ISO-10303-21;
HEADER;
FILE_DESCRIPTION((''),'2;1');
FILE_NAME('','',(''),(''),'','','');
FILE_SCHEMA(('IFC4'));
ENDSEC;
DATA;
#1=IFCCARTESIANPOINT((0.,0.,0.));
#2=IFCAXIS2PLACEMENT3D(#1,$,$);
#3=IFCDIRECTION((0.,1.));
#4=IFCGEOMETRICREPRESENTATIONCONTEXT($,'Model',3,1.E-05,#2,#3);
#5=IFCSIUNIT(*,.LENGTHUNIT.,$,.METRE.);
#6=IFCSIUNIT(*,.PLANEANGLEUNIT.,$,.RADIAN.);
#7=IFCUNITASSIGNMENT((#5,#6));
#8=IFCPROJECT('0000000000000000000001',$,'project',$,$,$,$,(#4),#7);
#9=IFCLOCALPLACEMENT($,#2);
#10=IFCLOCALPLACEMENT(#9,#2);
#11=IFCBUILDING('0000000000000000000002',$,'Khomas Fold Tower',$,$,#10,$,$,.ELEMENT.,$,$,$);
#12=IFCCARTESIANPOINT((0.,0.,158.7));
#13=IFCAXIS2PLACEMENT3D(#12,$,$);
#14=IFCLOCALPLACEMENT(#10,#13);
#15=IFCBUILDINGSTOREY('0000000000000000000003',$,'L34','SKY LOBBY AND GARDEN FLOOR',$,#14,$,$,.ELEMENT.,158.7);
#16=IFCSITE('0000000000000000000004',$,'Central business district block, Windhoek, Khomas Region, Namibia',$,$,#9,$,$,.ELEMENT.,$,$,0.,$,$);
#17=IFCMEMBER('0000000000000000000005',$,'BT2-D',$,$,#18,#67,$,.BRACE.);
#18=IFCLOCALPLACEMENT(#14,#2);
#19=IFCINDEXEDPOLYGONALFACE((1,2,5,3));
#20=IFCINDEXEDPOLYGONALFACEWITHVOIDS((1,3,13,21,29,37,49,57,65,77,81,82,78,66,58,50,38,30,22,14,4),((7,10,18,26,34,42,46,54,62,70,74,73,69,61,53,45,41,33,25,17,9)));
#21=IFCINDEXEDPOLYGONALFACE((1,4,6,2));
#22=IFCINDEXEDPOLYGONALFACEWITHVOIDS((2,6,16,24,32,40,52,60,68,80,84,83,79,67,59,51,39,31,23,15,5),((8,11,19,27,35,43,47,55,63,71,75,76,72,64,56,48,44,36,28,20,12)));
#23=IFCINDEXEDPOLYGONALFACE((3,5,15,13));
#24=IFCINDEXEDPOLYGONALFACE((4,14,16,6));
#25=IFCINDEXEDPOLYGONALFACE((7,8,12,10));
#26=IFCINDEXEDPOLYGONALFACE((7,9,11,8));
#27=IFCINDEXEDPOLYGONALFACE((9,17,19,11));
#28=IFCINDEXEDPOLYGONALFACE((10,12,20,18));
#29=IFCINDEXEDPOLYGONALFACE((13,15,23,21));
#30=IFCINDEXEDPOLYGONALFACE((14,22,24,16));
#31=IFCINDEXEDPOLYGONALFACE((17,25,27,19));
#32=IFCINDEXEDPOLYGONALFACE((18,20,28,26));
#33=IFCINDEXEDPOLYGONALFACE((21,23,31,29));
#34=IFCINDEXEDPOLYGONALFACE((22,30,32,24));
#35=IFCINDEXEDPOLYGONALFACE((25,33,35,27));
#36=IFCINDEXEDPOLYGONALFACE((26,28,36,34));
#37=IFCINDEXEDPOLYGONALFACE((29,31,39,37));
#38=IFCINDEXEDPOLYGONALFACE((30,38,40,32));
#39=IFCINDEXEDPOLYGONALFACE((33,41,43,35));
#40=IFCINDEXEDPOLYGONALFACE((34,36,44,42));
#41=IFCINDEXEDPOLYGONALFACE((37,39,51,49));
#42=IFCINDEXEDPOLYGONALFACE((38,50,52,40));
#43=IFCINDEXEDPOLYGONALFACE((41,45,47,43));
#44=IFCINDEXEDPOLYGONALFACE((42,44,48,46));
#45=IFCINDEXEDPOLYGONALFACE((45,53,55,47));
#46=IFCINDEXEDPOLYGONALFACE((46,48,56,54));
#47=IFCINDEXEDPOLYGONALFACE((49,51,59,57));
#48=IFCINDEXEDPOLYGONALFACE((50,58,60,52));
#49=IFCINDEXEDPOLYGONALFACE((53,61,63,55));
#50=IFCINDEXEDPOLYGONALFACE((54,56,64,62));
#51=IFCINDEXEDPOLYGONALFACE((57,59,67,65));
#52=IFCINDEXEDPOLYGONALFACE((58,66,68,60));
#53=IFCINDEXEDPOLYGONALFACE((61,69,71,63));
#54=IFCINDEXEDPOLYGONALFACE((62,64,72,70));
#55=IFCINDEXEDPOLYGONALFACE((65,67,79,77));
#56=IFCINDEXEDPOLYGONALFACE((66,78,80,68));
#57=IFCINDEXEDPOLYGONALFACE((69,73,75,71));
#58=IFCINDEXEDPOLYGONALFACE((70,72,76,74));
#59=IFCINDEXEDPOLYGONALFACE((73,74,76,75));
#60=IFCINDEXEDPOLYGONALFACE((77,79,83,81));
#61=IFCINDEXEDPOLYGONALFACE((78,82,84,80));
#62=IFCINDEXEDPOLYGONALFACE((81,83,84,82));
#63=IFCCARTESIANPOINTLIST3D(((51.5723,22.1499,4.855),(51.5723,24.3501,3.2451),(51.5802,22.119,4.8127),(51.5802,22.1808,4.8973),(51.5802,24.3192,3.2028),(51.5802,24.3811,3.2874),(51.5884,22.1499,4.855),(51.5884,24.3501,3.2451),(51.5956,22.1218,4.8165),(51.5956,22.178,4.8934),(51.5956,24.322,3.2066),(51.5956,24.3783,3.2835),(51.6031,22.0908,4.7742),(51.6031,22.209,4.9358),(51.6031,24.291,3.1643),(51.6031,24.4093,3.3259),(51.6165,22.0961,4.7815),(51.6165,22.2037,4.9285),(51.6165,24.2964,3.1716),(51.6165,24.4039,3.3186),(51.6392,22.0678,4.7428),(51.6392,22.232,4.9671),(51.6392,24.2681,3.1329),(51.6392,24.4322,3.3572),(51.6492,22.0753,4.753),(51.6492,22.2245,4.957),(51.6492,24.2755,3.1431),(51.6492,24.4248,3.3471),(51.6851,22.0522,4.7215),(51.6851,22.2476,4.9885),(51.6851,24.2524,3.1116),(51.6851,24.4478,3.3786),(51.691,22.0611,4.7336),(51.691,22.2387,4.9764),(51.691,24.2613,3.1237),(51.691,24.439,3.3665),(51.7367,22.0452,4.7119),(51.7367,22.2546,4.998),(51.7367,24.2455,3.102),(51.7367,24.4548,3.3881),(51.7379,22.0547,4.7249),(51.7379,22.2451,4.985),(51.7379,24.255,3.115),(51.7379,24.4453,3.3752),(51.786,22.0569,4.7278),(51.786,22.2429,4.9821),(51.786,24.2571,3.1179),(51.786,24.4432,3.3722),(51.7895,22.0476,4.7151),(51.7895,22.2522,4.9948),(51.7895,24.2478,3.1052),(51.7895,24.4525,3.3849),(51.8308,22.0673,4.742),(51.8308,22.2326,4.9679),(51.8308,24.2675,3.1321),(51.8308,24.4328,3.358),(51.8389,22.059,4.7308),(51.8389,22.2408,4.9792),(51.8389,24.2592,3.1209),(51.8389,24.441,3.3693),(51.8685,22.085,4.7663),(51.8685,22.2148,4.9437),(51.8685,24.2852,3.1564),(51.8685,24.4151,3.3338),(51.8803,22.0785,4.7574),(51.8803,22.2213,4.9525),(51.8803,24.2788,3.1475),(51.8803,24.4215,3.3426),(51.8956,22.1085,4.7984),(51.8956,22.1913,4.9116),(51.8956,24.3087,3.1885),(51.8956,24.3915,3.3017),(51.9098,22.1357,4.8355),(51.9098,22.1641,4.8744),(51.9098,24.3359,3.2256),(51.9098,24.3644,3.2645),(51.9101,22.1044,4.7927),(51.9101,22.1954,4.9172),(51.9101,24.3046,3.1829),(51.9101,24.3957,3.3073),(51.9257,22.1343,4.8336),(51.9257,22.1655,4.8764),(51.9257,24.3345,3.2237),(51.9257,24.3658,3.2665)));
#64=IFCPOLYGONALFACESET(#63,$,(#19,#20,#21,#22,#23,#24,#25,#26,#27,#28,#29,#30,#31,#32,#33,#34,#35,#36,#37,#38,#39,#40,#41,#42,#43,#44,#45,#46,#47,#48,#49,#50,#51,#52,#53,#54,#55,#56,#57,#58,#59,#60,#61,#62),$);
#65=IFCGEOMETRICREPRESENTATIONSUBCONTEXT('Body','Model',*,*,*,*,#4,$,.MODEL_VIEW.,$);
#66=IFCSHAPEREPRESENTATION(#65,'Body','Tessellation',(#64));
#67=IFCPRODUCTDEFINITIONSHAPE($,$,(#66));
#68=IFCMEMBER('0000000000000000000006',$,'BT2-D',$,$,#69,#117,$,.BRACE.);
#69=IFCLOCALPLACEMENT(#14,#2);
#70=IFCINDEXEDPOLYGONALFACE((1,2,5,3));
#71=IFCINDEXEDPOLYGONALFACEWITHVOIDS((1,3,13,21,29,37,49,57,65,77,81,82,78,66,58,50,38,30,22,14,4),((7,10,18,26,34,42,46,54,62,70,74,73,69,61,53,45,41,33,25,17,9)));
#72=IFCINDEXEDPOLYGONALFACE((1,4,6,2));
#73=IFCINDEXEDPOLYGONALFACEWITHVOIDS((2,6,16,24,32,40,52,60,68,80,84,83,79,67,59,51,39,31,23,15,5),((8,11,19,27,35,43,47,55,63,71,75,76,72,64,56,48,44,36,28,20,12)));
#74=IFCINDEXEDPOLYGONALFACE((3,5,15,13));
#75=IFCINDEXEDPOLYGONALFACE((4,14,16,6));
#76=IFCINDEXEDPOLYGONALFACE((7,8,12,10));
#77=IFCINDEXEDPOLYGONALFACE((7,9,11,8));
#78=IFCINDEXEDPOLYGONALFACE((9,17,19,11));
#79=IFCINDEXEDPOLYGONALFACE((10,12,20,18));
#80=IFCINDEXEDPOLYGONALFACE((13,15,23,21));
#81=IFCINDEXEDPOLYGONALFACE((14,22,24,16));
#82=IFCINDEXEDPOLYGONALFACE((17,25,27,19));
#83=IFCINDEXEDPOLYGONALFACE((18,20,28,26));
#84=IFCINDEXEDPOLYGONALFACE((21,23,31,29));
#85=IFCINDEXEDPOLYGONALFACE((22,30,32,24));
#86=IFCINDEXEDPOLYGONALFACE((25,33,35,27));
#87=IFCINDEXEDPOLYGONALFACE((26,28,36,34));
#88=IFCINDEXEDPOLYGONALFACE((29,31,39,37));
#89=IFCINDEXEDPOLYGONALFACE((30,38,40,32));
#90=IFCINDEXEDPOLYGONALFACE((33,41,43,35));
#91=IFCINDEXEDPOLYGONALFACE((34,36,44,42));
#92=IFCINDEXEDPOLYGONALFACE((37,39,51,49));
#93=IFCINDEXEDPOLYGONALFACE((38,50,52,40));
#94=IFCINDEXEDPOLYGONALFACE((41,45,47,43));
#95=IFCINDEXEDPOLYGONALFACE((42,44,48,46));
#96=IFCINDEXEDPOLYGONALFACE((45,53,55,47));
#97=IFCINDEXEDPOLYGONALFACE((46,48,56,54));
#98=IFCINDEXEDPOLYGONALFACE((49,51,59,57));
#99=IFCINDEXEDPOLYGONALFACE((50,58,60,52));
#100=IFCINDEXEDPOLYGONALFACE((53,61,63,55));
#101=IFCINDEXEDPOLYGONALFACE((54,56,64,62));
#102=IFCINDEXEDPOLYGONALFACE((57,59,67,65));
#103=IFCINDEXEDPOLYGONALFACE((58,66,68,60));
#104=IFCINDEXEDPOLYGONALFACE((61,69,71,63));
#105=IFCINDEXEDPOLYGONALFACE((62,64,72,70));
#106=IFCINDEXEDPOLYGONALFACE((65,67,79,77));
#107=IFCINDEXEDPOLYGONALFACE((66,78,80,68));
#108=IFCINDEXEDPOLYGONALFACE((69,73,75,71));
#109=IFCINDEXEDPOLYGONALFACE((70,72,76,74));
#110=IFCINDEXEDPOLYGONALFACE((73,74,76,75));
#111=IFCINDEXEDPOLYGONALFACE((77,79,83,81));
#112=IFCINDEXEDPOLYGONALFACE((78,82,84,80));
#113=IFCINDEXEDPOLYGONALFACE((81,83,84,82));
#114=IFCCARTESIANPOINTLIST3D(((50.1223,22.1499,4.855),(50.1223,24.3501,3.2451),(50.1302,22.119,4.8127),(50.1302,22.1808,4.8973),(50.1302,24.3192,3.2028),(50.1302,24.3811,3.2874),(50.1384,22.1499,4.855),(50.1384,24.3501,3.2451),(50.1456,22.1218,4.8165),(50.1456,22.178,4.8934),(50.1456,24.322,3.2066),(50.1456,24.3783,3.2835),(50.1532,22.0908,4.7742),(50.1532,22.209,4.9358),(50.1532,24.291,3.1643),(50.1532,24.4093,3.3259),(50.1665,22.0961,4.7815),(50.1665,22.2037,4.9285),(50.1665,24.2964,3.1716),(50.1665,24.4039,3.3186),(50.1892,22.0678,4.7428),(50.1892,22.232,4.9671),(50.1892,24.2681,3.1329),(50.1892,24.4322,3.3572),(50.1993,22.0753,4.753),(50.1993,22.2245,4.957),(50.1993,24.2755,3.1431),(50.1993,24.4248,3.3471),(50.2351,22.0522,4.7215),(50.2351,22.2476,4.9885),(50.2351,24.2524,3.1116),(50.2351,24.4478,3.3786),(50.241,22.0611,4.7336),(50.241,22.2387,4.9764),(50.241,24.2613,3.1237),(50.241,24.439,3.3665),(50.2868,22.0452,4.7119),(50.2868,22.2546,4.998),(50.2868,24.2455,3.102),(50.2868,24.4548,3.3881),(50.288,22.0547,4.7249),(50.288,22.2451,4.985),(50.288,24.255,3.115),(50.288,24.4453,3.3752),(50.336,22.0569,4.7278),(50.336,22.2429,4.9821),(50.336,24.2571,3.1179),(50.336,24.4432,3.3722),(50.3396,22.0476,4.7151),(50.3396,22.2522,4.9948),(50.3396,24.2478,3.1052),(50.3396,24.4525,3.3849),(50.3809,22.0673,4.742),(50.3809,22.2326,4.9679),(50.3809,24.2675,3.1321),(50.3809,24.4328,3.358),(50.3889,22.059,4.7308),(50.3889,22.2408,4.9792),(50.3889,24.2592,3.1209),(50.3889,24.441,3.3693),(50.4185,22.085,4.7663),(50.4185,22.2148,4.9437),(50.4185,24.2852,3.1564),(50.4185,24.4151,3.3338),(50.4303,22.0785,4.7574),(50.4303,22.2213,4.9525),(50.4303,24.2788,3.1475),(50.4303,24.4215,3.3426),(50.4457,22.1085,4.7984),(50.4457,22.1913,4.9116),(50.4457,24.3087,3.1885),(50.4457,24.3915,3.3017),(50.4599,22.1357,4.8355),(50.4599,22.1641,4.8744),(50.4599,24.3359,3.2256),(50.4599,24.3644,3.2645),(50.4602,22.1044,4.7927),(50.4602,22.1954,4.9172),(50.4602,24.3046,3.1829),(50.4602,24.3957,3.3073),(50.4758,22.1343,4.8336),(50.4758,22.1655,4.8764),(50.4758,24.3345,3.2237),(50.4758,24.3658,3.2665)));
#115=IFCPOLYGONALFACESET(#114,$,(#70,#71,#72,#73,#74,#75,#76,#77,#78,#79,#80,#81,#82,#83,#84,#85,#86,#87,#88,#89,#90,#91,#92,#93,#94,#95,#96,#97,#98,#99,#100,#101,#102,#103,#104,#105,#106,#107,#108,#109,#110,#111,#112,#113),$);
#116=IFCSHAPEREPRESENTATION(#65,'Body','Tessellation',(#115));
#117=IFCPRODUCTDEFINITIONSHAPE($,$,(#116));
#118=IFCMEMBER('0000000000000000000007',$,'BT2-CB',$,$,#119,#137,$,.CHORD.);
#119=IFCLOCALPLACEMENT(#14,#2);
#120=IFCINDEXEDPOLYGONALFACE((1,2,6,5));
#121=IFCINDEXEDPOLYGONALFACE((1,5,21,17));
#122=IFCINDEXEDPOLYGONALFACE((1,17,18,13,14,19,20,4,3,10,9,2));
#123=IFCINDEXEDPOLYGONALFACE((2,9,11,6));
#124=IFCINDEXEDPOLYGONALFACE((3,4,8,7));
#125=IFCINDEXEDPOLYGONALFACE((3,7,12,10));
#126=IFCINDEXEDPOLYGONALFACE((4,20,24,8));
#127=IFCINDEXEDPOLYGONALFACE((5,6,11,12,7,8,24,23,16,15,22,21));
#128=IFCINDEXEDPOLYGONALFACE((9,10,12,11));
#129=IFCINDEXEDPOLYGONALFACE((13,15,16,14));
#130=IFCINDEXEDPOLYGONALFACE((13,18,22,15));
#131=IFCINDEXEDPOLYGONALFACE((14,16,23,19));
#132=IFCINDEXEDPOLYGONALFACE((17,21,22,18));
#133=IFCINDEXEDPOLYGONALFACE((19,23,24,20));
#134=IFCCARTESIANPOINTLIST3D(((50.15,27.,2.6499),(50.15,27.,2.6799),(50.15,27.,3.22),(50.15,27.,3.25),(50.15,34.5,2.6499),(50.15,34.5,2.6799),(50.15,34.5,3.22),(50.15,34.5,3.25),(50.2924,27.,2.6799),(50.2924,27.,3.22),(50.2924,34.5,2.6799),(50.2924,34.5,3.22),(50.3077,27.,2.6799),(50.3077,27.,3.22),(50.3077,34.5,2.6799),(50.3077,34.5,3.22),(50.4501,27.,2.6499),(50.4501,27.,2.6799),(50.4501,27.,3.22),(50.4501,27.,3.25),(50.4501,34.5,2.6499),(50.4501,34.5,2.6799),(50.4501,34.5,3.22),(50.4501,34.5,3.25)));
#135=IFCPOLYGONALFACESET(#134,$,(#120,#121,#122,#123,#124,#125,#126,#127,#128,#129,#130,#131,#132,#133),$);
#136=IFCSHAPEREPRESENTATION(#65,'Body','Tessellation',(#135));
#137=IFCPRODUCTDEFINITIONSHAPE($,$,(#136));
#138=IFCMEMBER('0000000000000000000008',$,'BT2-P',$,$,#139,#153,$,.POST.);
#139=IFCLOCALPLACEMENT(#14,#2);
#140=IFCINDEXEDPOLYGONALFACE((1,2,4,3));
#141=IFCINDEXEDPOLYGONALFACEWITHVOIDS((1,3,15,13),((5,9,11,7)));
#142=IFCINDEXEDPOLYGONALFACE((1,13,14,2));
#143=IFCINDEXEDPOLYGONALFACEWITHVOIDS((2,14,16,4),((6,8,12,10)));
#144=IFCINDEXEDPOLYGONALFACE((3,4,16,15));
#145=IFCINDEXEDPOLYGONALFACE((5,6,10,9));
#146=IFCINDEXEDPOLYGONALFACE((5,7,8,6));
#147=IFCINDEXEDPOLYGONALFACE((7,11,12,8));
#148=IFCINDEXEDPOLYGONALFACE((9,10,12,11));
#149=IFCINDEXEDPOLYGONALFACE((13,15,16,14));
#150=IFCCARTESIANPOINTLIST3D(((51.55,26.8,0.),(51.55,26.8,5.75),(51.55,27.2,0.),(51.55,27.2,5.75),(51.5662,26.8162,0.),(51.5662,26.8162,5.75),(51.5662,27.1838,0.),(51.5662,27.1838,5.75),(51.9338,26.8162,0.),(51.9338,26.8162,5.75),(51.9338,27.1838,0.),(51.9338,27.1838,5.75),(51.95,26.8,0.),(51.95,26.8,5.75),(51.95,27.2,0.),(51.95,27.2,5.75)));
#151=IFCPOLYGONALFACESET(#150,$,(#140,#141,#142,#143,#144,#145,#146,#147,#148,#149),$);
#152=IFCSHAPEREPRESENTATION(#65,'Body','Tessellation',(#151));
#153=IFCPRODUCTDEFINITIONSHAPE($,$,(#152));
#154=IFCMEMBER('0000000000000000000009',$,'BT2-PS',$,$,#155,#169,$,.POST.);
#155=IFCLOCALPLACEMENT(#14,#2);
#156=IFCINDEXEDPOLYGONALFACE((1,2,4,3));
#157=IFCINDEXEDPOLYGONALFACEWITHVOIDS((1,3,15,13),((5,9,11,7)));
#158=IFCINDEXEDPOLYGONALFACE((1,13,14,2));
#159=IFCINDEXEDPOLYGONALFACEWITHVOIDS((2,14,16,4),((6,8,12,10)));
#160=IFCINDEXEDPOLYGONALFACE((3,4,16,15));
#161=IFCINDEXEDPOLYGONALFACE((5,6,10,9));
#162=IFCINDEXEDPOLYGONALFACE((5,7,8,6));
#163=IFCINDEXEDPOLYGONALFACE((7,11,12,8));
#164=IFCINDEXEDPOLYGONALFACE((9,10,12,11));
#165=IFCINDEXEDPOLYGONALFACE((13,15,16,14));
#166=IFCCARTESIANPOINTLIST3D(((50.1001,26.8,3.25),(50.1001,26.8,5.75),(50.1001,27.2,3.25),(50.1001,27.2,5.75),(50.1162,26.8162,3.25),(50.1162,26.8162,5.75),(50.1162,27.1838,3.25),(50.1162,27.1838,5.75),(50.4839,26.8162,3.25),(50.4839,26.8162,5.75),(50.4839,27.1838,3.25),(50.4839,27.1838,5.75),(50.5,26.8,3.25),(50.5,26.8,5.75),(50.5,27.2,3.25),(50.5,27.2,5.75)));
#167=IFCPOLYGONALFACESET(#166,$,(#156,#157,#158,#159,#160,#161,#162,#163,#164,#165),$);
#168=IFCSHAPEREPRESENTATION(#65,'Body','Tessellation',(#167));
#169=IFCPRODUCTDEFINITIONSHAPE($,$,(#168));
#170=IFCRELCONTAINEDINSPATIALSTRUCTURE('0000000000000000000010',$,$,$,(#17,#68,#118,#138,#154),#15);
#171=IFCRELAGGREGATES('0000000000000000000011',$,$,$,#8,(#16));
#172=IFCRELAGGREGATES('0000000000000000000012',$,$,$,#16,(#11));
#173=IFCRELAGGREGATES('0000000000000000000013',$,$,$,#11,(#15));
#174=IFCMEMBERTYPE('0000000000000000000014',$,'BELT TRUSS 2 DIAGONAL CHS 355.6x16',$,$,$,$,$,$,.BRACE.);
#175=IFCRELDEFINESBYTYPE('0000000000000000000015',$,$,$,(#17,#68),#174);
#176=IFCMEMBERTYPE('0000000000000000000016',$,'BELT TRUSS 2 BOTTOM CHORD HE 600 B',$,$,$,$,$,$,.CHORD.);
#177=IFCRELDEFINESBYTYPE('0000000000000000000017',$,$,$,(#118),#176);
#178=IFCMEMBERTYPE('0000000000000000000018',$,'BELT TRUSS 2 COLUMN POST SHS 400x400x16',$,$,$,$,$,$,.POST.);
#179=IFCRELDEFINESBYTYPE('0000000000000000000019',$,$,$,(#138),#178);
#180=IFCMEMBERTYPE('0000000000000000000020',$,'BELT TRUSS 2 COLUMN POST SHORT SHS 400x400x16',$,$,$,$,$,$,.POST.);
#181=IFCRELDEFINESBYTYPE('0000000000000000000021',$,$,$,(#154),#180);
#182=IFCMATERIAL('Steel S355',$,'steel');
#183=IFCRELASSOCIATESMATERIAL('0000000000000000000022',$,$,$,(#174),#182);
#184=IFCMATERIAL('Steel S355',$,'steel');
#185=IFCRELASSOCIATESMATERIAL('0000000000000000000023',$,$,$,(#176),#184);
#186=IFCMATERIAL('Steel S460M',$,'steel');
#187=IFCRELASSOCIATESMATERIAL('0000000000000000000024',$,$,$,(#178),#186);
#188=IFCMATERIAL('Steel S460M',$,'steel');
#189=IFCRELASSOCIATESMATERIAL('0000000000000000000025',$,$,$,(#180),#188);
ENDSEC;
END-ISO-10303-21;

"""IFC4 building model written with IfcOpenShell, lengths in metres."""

from ifc_helpers import new_model, si_unit, direction, frame, origin, origin_2d, place, context, subcontext, project, spatial, hollow_rectangle, hollow_circle, i_section, extrude, source, transform, mapped, material, material_profile, profile_set, type_object, element, save


model = new_model("IFC4")

# Units and contexts
model_context = context("Model", 3, precision=1e-05, world=origin(), true_north=direction((0.0, 1.0)))
body_context = subcontext(model_context, "Body", "Model", "MODEL_VIEW")
ifc_project = project(units=[si_unit("LENGTHUNIT", "METRE"), si_unit("PLANEANGLEUNIT", "RADIAN")], contexts=[model_context])

# Site, building, storey
site_placement = place(None, origin())
site = spatial("IfcSite", under=ifc_project, at=site_placement, Name="Central business district block, Windhoek, Khomas Region, Namibia", CompositionType="ELEMENT", RefElevation=0.0)
building_placement = place(site_placement, origin())
building = spatial("IfcBuilding", under=site, at=building_placement, Name="Khomas Fold Tower", CompositionType="ELEMENT")
storey_placement = place(building_placement, frame((0.0, 0.0, 158.7)))
storey = spatial("IfcBuildingStorey", under=building, at=storey_placement, Name="L34", Description="SKY LOBBY AND GARDEN FLOOR", CompositionType="ELEMENT", Elevation=158.7)

# Members
ifc_material_1 = material(Name="Steel S355", Category="steel")
ifc_material_profile_1 = material_profile(ifc_material_1, hollow_circle(Radius=0.1777, WallThickness=0.0161, at=origin_2d()), Name="CHS 355.6x16")
ifc_profile_set_1 = profile_set([ifc_material_profile_1], Name="Steel S355")
member_type_1 = type_object("IfcMemberType", Name="BELT TRUSS 2 DIAGONAL CHS 355.6x16", PredefinedType="BRACE", material=ifc_profile_set_1)
shared_shape_1 = source(origin(), body_context, "Body", "SweptSolid", [
    extrude(hollow_circle(Radius=0.1777, WallThickness=0.0161, at=origin_2d()), origin(), (0.0, 0.0, 1.0), 2.7263),
])
for number, where, z_axis, x_axis, name in (
    (1, (51.75, 22.1499, 4.855), (0.0, 0.807037, -0.590501), (-1.0, 0.0, 0.0), "BT2-D"),
    (2, (50.3, 22.1499, 4.855), (0.0, 0.807037, -0.590501), (-1.0, 0.0, 0.0), "BT2-D"),
):
    element("IfcMember", number, at=place(storey_placement, frame(where, z_axis=z_axis, x_axis=x_axis)), inside=storey, type_object=member_type_1, Name=name, PredefinedType="BRACE", context=body_context, shape_type="MappedRepresentation", body=[
        mapped(shared_shape_1, transform((0.0, 0.0, 0.0))),
    ])
ifc_material_2 = material(Name="Steel S355", Category="steel")
ifc_material_profile_2 = material_profile(ifc_material_2, i_section(OverallWidth=0.3, OverallDepth=0.6001, WebThickness=0.0154, FlangeThickness=0.03, at=origin_2d()), Name="HE 600 B")
ifc_profile_set_2 = profile_set([ifc_material_profile_2], Name="Steel S355")
member_type_2 = type_object("IfcMemberType", Name="BELT TRUSS 2 BOTTOM CHORD HE 600 B", PredefinedType="CHORD", material=ifc_profile_set_2)
shared_shape_2 = source(origin(), body_context, "Body", "SweptSolid", [
    extrude(i_section(OverallWidth=0.3, OverallDepth=0.6001, WebThickness=0.0154, FlangeThickness=0.03, at=origin_2d()), origin(), (0.0, 0.0, 1.0), 7.5),
])
member_1_placement = place(storey_placement, frame((50.3, 27.0, 2.95), z_axis=(0.0, 1.0, 0.0), x_axis=(-1.0, 0.0, 0.0)))
element("IfcMember", 3, at=member_1_placement, inside=storey, type_object=member_type_2, Name="BT2-CB", PredefinedType="CHORD", context=body_context, shape_type="MappedRepresentation", body=[
    mapped(shared_shape_2, transform((0.0, 0.0, 0.0))),
])
ifc_material_3 = material(Name="Steel S460M", Category="steel")
ifc_material_profile_3 = material_profile(ifc_material_3, hollow_rectangle(XDim=0.3999, YDim=0.3999, WallThickness=0.0161, at=origin_2d()), Name="SHS 400x400x16")
ifc_profile_set_3 = profile_set([ifc_material_profile_3], Name="Steel S460M")
member_type_3 = type_object("IfcMemberType", Name="BELT TRUSS 2 COLUMN POST SHS 400x400x16", PredefinedType="POST", material=ifc_profile_set_3)
shared_shape_3 = source(origin(), body_context, "Body", "SweptSolid", [
    extrude(hollow_rectangle(XDim=0.3999, YDim=0.3999, WallThickness=0.0161, at=origin_2d()), origin(), (0.0, 0.0, 1.0), 5.75),
])
member_2_placement = place(storey_placement, frame((51.75, 27.0, 0.0), z_axis=(0.0, 0.0, 1.0), x_axis=(1.0, 0.0, 0.0)))
element("IfcMember", 4, at=member_2_placement, inside=storey, type_object=member_type_3, Name="BT2-P", PredefinedType="POST", context=body_context, shape_type="MappedRepresentation", body=[
    mapped(shared_shape_3, transform((0.0, 0.0, 0.0))),
])
ifc_material_4 = material(Name="Steel S460M", Category="steel")
ifc_material_profile_4 = material_profile(ifc_material_4, hollow_rectangle(XDim=0.3999, YDim=0.3999, WallThickness=0.0161, at=origin_2d()), Name="SHS 400x400x16")
ifc_profile_set_4 = profile_set([ifc_material_profile_4], Name="Steel S460M")
member_type_4 = type_object("IfcMemberType", Name="BELT TRUSS 2 COLUMN POST SHORT SHS 400x400x16", PredefinedType="POST", material=ifc_profile_set_4)
shared_shape_4 = source(origin(), body_context, "Body", "SweptSolid", [
    extrude(hollow_rectangle(XDim=0.3999, YDim=0.3999, WallThickness=0.0161, at=origin_2d()), origin(), (0.0, 0.0, 1.0), 2.5),
])
member_3_placement = place(storey_placement, frame((50.3, 27.0, 3.25), z_axis=(0.0, 0.0, 1.0), x_axis=(1.0, 0.0, 0.0)))
element("IfcMember", 5, at=member_3_placement, inside=storey, type_object=member_type_4, Name="BT2-PS", PredefinedType="POST", context=body_context, shape_type="MappedRepresentation", body=[
    mapped(shared_shape_4, transform((0.0, 0.0, 0.0))),
])

save(model, "model.ifc")
